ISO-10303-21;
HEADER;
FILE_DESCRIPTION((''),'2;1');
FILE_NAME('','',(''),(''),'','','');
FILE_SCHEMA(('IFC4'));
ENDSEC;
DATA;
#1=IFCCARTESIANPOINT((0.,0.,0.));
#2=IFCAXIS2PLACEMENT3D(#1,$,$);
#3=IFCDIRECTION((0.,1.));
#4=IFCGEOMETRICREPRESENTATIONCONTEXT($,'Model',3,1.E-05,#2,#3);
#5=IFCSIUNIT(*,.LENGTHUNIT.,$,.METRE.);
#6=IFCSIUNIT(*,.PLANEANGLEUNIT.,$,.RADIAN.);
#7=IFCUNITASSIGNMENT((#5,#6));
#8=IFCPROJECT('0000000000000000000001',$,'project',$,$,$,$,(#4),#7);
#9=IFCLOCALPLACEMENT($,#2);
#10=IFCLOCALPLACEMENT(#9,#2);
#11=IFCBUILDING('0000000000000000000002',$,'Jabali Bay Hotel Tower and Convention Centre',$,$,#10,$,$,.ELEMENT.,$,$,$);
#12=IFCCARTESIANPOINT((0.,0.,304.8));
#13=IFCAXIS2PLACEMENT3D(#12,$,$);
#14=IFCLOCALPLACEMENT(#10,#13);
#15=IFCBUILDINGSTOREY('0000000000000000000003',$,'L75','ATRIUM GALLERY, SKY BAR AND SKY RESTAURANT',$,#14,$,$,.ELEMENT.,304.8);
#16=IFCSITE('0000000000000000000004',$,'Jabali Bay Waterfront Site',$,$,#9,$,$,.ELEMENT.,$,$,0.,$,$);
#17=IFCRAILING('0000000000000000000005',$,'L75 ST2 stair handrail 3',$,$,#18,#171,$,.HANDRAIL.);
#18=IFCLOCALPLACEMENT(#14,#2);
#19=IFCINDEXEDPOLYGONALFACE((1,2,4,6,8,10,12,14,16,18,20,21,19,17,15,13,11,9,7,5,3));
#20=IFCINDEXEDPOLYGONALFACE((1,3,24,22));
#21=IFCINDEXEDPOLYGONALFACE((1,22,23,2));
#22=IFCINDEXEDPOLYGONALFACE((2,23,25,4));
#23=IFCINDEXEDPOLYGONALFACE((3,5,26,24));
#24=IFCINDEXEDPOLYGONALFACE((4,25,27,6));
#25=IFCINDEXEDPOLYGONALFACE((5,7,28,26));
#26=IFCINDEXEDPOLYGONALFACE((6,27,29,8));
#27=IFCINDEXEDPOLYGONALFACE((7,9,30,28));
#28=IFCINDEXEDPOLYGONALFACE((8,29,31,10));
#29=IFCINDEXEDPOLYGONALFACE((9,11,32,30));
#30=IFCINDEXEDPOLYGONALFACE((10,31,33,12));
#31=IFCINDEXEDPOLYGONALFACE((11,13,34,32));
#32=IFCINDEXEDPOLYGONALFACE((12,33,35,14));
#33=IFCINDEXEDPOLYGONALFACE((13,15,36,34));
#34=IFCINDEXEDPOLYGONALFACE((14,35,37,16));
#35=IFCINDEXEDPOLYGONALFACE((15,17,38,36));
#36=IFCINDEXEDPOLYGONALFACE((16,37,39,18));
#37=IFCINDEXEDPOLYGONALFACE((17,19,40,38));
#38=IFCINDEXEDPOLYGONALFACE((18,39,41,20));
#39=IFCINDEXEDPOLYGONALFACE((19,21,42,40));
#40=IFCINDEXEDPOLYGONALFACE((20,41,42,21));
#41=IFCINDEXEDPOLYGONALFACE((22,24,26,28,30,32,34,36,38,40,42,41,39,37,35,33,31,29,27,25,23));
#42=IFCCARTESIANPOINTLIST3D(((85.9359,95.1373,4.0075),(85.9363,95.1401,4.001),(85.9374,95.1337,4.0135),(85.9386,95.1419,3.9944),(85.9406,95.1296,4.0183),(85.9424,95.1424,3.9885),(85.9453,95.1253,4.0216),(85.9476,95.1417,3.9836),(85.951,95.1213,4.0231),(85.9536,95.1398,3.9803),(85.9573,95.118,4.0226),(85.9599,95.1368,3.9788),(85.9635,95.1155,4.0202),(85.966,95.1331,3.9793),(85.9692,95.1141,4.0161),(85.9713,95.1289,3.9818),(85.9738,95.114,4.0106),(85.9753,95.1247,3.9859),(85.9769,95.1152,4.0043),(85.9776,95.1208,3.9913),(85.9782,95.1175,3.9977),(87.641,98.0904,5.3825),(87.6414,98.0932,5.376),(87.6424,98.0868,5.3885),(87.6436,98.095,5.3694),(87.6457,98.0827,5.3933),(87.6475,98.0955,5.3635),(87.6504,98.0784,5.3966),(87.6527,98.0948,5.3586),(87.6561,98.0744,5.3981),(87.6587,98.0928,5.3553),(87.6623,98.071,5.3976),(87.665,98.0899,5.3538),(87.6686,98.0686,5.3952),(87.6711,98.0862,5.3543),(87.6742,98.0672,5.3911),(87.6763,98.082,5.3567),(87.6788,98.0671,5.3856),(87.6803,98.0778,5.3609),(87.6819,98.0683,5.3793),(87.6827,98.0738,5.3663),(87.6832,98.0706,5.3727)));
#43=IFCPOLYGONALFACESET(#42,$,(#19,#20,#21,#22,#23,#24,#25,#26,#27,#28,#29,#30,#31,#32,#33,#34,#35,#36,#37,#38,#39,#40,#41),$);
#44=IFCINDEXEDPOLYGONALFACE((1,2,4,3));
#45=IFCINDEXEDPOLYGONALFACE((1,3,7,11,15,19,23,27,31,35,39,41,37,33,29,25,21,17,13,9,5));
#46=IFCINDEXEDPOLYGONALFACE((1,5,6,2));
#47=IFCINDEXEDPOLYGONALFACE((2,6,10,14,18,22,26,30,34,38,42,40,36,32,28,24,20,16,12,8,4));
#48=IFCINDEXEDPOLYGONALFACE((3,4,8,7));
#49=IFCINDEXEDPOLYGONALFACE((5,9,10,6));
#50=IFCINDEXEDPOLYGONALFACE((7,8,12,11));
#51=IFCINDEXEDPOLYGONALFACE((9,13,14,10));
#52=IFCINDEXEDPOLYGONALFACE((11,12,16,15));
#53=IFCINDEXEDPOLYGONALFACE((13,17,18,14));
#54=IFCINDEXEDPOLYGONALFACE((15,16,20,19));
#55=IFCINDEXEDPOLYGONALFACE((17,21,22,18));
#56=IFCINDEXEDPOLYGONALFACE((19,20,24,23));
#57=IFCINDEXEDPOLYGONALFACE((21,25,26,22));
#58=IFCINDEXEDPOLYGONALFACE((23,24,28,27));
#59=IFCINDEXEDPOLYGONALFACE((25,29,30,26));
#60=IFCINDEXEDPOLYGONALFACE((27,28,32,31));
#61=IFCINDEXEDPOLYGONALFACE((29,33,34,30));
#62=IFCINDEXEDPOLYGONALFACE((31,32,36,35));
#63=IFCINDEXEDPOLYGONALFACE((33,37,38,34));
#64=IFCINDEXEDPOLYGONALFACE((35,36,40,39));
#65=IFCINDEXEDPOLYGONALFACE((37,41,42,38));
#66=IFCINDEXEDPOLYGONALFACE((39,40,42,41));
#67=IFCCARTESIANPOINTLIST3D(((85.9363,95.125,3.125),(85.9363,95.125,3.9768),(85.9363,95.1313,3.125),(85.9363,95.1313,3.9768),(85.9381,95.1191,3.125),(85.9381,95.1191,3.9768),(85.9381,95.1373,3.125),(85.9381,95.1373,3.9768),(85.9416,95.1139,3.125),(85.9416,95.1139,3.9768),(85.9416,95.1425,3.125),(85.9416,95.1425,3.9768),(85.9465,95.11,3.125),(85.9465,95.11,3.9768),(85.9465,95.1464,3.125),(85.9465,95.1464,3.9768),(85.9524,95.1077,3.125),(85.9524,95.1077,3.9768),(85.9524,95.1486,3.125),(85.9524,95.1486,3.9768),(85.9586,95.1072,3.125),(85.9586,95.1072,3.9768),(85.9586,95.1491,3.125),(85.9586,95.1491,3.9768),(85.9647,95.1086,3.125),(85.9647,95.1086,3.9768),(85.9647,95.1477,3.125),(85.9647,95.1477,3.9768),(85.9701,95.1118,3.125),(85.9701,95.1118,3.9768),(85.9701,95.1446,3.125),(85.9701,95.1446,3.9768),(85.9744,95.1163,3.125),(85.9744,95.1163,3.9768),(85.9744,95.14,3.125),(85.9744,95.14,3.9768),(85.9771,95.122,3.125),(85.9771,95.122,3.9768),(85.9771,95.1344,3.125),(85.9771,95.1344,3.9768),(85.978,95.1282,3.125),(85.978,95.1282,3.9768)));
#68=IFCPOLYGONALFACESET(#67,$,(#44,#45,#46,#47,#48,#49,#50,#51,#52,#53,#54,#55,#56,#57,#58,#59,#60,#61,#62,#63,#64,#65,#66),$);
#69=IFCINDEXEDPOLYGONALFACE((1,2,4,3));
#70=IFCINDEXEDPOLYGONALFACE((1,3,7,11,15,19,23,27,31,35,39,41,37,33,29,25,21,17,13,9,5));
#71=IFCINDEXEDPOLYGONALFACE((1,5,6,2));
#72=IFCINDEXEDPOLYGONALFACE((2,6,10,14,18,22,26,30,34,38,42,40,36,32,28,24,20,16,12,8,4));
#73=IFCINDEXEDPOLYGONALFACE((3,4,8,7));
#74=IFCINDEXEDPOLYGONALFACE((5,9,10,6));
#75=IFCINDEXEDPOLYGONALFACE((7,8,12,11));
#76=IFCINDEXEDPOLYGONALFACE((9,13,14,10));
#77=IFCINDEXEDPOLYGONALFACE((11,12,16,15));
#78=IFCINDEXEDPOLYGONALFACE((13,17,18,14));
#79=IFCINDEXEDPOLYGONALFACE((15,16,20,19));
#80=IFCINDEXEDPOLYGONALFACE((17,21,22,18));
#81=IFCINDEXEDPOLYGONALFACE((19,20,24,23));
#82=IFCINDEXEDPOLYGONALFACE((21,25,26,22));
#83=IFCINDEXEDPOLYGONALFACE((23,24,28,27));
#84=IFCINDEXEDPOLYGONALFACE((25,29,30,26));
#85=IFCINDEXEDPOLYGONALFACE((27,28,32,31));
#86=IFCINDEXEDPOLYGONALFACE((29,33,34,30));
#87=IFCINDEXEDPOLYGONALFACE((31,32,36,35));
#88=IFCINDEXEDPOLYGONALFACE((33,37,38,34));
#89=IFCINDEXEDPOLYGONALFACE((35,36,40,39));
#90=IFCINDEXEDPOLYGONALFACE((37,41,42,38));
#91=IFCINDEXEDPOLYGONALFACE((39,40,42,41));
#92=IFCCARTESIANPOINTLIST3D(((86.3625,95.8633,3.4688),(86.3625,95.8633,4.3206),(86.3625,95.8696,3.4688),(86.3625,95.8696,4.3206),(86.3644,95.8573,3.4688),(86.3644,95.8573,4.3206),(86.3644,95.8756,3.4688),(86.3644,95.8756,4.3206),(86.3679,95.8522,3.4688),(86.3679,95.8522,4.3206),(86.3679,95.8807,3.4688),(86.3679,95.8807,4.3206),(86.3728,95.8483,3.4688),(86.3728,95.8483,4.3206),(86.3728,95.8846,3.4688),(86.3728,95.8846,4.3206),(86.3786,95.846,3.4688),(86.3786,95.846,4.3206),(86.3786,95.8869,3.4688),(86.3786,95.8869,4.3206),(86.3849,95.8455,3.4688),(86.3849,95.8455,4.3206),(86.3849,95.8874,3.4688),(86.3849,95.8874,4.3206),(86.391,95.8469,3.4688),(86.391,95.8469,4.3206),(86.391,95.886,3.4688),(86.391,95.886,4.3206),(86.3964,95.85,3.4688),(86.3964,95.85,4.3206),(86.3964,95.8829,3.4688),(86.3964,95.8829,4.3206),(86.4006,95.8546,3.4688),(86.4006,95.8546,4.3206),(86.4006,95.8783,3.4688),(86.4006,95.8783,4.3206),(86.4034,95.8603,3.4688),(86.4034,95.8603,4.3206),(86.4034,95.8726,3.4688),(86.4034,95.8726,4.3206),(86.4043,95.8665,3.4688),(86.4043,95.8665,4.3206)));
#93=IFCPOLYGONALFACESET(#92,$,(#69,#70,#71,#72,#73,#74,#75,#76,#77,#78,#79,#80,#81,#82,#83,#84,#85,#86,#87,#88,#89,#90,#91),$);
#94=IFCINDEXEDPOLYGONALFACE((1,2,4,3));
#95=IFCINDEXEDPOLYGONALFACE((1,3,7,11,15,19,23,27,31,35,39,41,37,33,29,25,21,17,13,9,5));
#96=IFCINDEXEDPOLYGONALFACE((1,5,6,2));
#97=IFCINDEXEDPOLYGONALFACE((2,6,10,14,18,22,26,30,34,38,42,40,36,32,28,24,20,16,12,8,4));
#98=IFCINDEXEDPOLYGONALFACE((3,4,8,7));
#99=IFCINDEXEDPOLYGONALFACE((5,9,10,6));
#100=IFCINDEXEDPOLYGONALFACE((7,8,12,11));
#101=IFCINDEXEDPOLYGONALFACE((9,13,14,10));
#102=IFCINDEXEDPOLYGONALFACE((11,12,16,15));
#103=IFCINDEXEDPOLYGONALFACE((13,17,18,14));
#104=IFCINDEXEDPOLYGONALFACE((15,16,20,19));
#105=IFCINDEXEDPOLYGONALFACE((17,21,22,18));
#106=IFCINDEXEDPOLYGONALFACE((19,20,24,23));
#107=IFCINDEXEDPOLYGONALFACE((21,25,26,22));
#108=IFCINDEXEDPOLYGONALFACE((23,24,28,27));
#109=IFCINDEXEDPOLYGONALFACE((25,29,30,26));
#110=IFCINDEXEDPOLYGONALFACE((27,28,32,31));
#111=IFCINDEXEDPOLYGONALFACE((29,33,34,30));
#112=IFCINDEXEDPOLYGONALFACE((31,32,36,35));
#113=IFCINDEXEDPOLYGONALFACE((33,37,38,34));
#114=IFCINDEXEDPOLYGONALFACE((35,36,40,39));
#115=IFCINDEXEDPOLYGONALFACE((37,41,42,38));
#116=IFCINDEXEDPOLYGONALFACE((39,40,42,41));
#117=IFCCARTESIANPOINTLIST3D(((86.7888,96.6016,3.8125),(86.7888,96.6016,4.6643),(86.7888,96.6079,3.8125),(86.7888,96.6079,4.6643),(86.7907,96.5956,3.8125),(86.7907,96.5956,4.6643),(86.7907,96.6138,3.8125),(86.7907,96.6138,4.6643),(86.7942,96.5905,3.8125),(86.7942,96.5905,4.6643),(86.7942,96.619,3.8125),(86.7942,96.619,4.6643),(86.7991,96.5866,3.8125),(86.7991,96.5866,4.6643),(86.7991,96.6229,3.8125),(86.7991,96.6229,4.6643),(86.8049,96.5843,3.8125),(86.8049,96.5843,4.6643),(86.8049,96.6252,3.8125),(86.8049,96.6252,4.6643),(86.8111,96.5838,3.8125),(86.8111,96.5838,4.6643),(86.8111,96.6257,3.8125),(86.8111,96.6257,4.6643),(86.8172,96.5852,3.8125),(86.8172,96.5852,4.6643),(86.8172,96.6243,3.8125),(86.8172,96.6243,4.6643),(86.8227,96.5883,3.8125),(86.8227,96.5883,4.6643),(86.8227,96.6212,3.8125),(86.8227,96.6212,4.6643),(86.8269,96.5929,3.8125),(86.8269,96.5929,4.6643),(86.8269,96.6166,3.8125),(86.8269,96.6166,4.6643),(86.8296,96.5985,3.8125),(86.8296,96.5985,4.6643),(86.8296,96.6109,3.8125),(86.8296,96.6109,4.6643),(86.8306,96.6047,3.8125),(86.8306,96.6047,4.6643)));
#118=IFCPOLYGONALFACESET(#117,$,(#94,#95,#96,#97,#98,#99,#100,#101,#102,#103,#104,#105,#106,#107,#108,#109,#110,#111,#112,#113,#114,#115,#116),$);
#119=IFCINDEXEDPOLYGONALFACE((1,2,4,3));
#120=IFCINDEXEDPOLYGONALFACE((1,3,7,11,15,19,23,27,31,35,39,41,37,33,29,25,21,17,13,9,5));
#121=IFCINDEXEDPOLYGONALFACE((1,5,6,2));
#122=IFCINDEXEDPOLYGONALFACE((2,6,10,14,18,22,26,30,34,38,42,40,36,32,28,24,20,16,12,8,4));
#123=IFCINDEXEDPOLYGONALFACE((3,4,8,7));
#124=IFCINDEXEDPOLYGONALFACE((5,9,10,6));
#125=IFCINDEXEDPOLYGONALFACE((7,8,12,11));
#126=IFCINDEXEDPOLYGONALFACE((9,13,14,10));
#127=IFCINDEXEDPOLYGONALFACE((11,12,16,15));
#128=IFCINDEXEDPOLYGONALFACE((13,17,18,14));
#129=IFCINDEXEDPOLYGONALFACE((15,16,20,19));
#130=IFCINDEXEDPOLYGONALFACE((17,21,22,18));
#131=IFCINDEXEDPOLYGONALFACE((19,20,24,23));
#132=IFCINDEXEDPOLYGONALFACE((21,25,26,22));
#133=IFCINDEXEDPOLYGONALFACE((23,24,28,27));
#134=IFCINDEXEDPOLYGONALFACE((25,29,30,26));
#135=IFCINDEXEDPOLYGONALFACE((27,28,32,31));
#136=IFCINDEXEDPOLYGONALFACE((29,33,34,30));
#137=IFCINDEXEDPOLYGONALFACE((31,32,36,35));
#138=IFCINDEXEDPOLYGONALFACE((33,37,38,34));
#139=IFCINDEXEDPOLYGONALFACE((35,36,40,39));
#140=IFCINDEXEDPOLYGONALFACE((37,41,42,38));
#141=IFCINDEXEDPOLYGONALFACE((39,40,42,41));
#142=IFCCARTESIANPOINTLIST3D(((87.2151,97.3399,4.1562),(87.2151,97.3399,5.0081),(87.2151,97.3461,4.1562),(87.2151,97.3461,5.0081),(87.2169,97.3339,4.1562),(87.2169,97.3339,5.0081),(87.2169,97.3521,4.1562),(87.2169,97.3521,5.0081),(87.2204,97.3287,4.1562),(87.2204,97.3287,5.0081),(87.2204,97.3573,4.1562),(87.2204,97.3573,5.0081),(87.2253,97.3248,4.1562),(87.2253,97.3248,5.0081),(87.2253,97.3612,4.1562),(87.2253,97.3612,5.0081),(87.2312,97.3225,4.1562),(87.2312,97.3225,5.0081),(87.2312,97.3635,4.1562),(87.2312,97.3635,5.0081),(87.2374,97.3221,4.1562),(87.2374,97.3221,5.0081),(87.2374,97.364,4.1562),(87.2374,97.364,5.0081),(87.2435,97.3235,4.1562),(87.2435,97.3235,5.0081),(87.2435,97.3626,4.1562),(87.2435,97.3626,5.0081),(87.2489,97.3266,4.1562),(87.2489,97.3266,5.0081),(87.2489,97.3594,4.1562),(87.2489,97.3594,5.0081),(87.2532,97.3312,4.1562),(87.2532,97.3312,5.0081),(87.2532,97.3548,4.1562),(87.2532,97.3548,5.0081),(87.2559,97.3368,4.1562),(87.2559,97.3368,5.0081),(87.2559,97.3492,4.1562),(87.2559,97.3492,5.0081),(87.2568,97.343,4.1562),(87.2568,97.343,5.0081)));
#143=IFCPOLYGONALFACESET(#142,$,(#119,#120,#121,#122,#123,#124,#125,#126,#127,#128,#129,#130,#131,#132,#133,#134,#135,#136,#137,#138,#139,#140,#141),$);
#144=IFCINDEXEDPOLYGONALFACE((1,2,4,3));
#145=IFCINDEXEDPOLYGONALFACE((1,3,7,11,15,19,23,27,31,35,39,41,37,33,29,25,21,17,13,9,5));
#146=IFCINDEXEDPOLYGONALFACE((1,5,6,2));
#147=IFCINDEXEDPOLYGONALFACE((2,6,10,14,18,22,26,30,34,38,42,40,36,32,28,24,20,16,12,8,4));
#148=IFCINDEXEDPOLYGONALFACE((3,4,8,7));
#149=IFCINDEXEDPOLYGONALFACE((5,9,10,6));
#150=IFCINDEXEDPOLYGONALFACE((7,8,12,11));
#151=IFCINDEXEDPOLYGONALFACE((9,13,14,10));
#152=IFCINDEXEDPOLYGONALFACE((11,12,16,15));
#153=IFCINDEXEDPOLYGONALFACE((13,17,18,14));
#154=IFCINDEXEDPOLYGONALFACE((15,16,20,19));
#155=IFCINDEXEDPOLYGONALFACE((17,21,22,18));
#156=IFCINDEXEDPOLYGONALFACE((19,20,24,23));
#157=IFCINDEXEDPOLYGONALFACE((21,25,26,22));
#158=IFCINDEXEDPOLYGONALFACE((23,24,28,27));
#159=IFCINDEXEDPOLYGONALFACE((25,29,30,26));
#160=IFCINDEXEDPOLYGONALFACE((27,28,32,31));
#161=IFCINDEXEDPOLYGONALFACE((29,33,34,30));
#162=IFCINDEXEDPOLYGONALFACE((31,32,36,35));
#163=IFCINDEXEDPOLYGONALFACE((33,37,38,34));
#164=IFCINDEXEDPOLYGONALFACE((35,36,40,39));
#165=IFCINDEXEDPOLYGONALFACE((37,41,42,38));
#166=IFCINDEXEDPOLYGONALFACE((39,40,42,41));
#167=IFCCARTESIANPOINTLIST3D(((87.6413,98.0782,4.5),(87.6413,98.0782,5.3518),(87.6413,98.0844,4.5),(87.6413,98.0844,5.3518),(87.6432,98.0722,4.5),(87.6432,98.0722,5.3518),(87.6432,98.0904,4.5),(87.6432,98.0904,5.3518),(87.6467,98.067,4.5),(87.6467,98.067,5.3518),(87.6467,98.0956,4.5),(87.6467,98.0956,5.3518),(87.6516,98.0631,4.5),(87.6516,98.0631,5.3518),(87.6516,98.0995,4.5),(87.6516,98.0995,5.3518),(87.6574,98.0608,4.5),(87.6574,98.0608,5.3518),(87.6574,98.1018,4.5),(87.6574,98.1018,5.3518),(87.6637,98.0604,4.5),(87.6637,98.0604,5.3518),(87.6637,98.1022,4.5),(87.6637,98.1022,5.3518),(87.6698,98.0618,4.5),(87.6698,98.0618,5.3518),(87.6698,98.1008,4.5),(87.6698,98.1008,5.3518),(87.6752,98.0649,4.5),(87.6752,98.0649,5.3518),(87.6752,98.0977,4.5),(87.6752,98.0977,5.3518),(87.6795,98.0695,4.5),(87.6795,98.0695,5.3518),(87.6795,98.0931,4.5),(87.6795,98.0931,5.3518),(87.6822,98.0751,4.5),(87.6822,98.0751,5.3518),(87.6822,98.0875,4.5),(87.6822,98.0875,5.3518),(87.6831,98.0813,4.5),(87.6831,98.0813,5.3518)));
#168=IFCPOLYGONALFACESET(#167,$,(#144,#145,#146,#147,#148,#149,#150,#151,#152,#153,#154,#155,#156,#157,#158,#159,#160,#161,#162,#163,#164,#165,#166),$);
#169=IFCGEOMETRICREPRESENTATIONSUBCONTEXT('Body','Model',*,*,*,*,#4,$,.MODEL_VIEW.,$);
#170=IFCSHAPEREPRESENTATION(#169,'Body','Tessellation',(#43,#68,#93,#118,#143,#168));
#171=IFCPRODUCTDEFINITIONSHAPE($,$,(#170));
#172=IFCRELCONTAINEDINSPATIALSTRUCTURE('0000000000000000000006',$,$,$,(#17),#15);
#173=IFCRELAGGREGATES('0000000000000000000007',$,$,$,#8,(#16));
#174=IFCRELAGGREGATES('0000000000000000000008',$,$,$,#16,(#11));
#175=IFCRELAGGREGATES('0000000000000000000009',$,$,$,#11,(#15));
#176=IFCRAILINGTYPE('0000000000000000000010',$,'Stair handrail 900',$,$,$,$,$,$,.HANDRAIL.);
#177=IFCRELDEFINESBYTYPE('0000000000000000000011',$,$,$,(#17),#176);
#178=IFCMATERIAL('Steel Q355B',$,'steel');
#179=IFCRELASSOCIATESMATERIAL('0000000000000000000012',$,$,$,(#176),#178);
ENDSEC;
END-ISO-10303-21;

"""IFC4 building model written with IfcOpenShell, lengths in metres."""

from ifc_helpers import new_model, si_unit, direction, frame, origin, origin_2d, place, context, subcontext, project, spatial, circle, extrude, material, type_object, element, save


model = new_model("IFC4")

# Units and contexts
model_context = context("Model", 3, precision=1e-05, world=origin(), true_north=direction((0.0, 1.0)))
body_context = subcontext(model_context, "Body", "Model", "MODEL_VIEW")
ifc_project = project(units=[si_unit("LENGTHUNIT", "METRE"), si_unit("PLANEANGLEUNIT", "RADIAN")], contexts=[model_context])

# Site, building, storey
site_placement = place(None, origin())
site = spatial("IfcSite", under=ifc_project, at=site_placement, Name="Jabali Bay Waterfront Site", CompositionType="ELEMENT", RefElevation=0.0)
building_placement = place(site_placement, origin())
building = spatial("IfcBuilding", under=site, at=building_placement, Name="Jabali Bay Hotel Tower and Convention Centre", CompositionType="ELEMENT")
storey_placement = place(building_placement, frame((0.0, 0.0, 304.8)))
storey = spatial("IfcBuildingStorey", under=building, at=storey_placement, Name="L75", Description="ATRIUM GALLERY, SKY BAR AND SKY RESTAURANT", CompositionType="ELEMENT", Elevation=304.8)

# Railing
ifc_material_1 = material(Name="Steel Q355B", Category="steel")
railing_type_1 = type_object("IfcRailingType", Name="Stair handrail 900", PredefinedType="HANDRAIL", material=ifc_material_1)
for number, where, name in (
    (1, (85.957, 95.1282, 3.125), "L75 ST2 stair handrail 3"),
):
    element("IfcRailing", number, at=place(storey_placement, frame(where)), inside=storey, type_object=railing_type_1, Name=name, PredefinedType="HANDRAIL", context=body_context, shape_type="SweptSolid", body=[
        extrude(circle(Radius=0.0239, at=origin_2d()), frame((0.0, 0.0, 0.876), z_axis=(0.46374, 0.803178, 0.373966), x_axis=(-0.866014, 0.50002, 0.0)), (0.0, 0.0, 1.0), 3.6768),
        extrude(circle(Radius=0.021, at=origin_2d()), origin(), (0.0, 0.0, 1.0), 0.8518),
        extrude(circle(Radius=0.021, at=origin_2d()), frame((0.4263, 0.7383, 0.3438)), (0.0, 0.0, 1.0), 0.8518),
        extrude(circle(Radius=0.021, at=origin_2d()), frame((0.8525, 1.4766, 0.6875)), (0.0, 0.0, 1.0), 0.8518),
        extrude(circle(Radius=0.021, at=origin_2d()), frame((1.2788, 2.2148, 1.0312)), (0.0, 0.0, 1.0), 0.8518),
        extrude(circle(Radius=0.021, at=origin_2d()), frame((1.7051, 2.9531, 1.375)), (0.0, 0.0, 1.0), 0.8518),
    ])

save(model, "model.ifc")
